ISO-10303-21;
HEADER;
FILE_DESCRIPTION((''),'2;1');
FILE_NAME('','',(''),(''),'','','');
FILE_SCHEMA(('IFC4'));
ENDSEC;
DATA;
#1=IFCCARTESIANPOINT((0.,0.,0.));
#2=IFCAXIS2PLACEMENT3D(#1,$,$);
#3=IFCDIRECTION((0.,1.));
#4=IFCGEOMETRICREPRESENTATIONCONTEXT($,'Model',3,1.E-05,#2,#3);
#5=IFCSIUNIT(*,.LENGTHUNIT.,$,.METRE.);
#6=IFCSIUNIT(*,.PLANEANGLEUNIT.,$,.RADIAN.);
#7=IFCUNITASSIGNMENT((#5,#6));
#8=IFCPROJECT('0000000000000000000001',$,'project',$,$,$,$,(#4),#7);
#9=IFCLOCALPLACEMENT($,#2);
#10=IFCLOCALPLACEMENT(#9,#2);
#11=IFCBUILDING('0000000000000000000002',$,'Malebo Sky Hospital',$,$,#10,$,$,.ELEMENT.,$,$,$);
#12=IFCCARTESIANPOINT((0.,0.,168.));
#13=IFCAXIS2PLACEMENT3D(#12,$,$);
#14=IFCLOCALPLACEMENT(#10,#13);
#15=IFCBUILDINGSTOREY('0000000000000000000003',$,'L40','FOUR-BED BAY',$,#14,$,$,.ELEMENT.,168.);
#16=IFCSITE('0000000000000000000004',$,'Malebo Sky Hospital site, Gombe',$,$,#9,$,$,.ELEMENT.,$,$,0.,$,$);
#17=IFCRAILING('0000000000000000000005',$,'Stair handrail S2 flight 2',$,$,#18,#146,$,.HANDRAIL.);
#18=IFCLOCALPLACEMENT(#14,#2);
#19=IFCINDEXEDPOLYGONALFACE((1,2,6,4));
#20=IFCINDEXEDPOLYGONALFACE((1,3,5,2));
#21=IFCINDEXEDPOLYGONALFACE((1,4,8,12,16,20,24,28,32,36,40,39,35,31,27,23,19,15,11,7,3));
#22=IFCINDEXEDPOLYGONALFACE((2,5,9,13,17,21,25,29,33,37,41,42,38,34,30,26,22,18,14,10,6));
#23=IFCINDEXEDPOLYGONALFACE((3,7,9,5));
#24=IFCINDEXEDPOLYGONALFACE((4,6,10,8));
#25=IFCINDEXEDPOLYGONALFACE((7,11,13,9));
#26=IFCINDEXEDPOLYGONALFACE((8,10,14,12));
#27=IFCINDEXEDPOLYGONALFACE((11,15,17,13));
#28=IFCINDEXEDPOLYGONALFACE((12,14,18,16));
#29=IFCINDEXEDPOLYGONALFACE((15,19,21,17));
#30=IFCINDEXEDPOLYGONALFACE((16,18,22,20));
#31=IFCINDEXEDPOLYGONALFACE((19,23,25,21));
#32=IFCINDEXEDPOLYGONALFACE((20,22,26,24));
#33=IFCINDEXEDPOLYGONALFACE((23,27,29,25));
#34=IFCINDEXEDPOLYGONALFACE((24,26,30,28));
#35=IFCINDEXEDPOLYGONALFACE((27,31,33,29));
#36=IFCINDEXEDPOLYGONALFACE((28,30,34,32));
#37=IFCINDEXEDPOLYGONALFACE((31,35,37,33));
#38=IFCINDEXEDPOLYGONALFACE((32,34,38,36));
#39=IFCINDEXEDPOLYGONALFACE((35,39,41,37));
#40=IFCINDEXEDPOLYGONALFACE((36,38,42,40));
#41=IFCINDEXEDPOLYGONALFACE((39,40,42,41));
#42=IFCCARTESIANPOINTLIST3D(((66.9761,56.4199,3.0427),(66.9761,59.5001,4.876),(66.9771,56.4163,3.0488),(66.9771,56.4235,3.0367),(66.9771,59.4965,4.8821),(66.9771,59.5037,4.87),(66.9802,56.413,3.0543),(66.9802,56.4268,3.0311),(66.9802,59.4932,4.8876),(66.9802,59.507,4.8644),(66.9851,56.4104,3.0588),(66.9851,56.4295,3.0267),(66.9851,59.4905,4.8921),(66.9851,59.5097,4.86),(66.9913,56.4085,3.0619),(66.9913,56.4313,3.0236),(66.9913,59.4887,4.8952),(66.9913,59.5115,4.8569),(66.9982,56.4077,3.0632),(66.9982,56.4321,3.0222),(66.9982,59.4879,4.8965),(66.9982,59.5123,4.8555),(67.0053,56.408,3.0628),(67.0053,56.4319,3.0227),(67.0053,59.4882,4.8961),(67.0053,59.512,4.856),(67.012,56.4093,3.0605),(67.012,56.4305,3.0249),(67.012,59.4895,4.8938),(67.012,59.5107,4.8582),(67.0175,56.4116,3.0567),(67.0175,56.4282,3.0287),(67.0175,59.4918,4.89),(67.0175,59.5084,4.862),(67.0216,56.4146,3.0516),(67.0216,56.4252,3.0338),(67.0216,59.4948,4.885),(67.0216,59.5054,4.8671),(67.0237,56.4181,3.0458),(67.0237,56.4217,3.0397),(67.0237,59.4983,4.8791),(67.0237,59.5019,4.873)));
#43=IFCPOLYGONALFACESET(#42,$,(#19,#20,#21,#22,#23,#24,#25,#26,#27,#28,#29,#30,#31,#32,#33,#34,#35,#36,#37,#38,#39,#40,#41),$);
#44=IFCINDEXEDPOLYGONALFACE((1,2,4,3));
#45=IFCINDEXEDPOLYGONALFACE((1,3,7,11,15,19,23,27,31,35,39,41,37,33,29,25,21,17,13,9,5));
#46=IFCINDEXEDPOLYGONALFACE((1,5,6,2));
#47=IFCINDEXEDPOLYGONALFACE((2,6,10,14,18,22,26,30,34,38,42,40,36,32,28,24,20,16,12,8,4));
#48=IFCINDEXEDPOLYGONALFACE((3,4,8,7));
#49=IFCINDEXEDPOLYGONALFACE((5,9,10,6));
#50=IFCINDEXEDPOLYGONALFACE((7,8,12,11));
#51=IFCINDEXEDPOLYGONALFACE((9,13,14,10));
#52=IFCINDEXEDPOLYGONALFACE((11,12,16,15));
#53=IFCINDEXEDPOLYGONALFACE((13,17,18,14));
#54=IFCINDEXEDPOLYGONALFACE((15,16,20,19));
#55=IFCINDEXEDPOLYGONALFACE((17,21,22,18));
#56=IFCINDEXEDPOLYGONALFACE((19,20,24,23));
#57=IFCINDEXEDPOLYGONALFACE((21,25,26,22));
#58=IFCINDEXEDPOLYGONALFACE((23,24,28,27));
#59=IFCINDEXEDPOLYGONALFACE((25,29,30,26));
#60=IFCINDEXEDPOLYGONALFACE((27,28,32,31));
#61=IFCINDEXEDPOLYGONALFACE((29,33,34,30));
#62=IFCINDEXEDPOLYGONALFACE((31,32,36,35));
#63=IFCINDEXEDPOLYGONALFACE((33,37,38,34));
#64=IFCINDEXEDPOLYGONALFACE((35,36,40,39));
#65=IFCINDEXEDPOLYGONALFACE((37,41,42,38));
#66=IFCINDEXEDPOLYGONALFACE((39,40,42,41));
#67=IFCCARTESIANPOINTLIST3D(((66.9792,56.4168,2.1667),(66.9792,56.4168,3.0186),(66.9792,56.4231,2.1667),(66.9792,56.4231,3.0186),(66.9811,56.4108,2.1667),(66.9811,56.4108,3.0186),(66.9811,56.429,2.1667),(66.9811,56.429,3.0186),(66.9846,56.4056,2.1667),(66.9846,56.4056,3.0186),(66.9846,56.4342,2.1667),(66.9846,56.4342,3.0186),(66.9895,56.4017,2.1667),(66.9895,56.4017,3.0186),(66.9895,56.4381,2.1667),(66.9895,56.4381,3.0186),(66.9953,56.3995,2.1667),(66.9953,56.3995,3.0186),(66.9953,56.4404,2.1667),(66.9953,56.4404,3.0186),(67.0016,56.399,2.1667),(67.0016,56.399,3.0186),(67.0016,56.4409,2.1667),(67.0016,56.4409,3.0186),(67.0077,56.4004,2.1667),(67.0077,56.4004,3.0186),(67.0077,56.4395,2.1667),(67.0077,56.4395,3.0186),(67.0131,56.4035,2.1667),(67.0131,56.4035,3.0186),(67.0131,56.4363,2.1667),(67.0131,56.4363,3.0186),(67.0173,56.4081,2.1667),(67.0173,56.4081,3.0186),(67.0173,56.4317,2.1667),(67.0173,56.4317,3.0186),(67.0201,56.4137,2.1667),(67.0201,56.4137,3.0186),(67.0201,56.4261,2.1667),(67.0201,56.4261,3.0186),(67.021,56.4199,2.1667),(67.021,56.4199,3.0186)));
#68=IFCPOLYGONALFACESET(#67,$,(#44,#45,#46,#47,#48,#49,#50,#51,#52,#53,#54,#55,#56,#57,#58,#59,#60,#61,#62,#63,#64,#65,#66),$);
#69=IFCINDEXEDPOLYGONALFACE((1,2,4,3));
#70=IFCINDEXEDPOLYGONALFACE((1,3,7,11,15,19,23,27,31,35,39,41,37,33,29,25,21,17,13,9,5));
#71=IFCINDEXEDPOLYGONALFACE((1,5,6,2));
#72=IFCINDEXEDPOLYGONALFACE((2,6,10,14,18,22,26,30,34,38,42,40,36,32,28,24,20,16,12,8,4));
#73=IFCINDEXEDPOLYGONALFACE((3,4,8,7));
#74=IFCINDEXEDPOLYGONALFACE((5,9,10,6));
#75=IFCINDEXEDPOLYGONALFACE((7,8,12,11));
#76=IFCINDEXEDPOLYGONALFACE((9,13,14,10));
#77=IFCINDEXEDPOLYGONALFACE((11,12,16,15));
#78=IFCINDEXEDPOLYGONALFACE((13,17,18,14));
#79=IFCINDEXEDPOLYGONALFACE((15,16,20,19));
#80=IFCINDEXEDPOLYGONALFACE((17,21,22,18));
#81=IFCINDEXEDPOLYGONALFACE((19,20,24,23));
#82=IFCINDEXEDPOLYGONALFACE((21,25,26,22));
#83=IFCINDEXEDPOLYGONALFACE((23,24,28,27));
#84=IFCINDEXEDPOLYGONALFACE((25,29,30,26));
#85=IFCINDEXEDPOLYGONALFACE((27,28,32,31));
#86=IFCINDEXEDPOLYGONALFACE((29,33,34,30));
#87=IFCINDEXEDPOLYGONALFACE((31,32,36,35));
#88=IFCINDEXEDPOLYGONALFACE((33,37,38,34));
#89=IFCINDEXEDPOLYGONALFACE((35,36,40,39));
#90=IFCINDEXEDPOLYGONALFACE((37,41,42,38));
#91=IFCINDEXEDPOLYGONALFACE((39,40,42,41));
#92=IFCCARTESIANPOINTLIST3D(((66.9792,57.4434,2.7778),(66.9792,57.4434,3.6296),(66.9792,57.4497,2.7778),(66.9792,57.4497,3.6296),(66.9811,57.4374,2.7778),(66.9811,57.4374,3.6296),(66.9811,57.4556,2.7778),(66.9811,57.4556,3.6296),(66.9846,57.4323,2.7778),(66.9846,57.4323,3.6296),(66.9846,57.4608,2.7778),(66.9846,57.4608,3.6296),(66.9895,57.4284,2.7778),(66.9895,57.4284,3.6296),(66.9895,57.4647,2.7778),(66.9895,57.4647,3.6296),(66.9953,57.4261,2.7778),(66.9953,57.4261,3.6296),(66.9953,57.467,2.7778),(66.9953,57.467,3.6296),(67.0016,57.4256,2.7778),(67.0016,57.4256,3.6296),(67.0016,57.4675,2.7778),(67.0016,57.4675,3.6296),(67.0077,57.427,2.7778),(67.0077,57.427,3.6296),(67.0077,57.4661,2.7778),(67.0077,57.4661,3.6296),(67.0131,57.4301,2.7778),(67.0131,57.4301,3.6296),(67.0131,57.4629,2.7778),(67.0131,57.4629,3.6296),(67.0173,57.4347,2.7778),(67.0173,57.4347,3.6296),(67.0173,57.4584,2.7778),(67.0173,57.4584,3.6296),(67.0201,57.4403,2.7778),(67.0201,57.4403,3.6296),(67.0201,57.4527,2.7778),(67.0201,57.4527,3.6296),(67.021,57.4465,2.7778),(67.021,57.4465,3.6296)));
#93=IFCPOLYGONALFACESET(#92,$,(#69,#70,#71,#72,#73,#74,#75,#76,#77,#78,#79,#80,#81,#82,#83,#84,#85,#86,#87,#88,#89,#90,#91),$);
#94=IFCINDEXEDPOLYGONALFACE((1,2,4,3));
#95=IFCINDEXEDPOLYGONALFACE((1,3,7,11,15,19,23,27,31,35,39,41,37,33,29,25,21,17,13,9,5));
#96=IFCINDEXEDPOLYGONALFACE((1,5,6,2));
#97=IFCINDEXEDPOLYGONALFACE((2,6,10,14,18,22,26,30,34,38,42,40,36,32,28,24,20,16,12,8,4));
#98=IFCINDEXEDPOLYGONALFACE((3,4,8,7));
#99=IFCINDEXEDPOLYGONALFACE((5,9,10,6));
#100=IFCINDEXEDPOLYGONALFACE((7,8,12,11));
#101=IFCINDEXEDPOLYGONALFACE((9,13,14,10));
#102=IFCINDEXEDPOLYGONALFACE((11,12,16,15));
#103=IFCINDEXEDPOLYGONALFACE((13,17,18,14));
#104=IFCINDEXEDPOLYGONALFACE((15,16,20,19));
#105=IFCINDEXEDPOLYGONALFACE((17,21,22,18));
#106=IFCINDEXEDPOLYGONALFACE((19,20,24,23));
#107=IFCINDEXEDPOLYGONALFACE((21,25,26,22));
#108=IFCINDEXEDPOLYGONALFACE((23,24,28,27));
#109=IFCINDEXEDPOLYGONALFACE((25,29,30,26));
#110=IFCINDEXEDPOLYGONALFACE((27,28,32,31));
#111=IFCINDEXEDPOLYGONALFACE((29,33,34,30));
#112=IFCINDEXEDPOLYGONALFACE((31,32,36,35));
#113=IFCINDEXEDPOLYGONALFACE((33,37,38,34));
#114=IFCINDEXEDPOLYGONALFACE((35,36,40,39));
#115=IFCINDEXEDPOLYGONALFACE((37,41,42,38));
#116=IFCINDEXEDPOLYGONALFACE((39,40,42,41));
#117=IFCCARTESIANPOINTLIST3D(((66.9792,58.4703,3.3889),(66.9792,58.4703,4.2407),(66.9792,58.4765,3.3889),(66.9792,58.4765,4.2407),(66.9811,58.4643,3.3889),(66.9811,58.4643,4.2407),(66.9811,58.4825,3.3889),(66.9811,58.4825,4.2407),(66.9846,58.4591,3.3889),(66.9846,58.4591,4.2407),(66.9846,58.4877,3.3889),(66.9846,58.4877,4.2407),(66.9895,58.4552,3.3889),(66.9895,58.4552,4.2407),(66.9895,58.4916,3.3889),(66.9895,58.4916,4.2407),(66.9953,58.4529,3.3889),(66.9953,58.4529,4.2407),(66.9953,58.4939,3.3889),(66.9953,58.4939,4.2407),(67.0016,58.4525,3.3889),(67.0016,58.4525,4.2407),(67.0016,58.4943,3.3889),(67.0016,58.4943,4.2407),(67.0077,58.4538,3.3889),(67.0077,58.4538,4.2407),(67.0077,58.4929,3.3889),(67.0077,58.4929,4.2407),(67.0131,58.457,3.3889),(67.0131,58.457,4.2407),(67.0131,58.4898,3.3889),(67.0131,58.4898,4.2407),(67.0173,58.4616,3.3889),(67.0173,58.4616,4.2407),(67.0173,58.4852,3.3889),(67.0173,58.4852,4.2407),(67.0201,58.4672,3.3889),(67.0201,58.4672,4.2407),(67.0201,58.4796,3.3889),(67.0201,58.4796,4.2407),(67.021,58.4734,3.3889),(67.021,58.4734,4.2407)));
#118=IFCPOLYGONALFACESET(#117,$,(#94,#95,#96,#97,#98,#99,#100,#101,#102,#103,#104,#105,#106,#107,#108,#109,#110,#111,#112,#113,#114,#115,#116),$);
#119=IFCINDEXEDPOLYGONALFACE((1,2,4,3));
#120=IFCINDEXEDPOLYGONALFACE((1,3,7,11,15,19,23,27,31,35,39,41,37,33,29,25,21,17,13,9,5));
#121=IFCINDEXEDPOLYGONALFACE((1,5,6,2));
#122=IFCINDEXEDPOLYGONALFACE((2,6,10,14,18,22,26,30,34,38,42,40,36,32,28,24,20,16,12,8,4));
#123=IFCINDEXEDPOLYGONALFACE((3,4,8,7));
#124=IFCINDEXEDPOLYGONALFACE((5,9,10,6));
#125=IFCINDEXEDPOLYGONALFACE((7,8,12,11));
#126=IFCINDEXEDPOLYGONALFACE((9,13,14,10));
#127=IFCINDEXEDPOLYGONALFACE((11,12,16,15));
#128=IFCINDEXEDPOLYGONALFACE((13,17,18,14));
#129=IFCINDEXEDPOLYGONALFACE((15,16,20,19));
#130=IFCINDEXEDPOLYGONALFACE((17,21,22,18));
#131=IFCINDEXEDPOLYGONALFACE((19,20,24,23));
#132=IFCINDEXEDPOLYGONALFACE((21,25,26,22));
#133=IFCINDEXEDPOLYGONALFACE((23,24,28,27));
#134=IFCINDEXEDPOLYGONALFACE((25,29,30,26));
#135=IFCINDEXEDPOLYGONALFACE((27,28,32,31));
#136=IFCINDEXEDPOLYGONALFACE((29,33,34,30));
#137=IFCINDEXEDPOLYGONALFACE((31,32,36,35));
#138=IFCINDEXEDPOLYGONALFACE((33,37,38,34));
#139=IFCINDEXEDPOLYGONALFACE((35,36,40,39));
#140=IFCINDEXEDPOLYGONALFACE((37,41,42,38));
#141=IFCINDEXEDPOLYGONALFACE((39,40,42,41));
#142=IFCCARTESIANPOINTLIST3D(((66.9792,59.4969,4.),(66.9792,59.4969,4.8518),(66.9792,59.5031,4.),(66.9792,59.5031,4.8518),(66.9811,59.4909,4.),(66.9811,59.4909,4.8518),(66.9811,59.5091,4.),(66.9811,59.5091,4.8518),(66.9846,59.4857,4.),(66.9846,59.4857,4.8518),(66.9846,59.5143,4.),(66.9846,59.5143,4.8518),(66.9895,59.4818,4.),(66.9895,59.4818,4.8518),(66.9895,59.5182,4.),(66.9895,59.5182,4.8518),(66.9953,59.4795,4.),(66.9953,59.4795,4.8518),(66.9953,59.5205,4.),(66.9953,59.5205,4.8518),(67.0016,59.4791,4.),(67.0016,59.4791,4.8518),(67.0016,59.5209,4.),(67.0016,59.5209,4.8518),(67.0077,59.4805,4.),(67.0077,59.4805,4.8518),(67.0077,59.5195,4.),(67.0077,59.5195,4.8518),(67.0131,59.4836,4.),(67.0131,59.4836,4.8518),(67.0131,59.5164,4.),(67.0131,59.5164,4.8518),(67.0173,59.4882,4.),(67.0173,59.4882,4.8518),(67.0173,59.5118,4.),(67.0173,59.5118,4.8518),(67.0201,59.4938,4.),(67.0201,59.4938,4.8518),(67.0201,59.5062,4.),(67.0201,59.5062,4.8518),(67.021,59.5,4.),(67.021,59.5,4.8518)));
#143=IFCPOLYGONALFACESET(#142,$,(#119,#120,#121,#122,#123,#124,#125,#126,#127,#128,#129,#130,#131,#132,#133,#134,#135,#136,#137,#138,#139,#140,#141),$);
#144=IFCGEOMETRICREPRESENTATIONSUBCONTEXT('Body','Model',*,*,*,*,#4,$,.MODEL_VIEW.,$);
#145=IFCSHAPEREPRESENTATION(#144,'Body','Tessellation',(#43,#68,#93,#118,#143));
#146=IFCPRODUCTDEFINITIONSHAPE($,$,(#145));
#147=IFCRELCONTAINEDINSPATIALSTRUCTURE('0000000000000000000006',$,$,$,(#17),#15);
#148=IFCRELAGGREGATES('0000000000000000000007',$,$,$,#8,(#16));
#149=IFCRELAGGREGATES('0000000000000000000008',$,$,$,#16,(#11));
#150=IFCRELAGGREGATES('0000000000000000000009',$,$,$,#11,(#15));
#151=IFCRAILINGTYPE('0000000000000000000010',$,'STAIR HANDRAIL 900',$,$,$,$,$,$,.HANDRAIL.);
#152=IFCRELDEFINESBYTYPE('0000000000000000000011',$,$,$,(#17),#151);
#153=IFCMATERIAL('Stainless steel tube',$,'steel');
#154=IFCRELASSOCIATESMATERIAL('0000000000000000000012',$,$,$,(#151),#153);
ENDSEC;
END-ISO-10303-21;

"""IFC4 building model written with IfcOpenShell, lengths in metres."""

from ifc_helpers import new_model, si_unit, direction, frame, origin, origin_2d, place, context, subcontext, project, spatial, circle, extrude, material, type_object, element, save


model = new_model("IFC4")

# Units and contexts
model_context = context("Model", 3, precision=1e-05, world=origin(), true_north=direction((0.0, 1.0)))
body_context = subcontext(model_context, "Body", "Model", "MODEL_VIEW")
ifc_project = project(units=[si_unit("LENGTHUNIT", "METRE"), si_unit("PLANEANGLEUNIT", "RADIAN")], contexts=[model_context])

# Site, building, storey
site_placement = place(None, origin())
site = spatial("IfcSite", under=ifc_project, at=site_placement, Name="Malebo Sky Hospital site, Gombe", CompositionType="ELEMENT", RefElevation=0.0)
building_placement = place(site_placement, origin())
building = spatial("IfcBuilding", under=site, at=building_placement, Name="Malebo Sky Hospital", CompositionType="ELEMENT")
storey_placement = place(building_placement, frame((0.0, 0.0, 168.0)))
storey = spatial("IfcBuildingStorey", under=building, at=storey_placement, Name="L40", Description="FOUR-BED BAY", CompositionType="ELEMENT", Elevation=168.0)

# Railing
ifc_material_1 = material(Name="Stainless steel tube", Category="steel")
railing_type = type_object("IfcRailingType", Name="STAIR HANDRAIL 900", PredefinedType="HANDRAIL", material=ifc_material_1)
railing_1_placement = place(storey_placement, frame((67.0, 56.4199, 2.1667)))
element("IfcRailing", 1, at=railing_1_placement, inside=storey, type_object=railing_type, Name="Stair handrail S2 flight 2", PredefinedType="HANDRAIL", context=body_context, shape_type="SweptSolid", body=[
    extrude(circle(Radius=0.0239, at=origin_2d()), frame((0.0, 0.0, 0.876), z_axis=(0.0, 0.859309, 0.511458), x_axis=(-1.0, 0.0, 0.0)), (0.0, 0.0, 1.0), 3.5845),
    extrude(circle(Radius=0.021, at=origin_2d()), origin(), (0.0, 0.0, 1.0), 0.8518),
    extrude(circle(Radius=0.021, at=origin_2d()), frame((0.0, 1.0266, 0.6111)), (0.0, 0.0, 1.0), 0.8518),
    extrude(circle(Radius=0.021, at=origin_2d()), frame((0.0, 2.0535, 1.2222)), (0.0, 0.0, 1.0), 0.8518),
    extrude(circle(Radius=0.021, at=origin_2d()), frame((0.0, 3.0801, 1.8333)), (0.0, 0.0, 1.0), 0.8518),
])

save(model, "model.ifc")
